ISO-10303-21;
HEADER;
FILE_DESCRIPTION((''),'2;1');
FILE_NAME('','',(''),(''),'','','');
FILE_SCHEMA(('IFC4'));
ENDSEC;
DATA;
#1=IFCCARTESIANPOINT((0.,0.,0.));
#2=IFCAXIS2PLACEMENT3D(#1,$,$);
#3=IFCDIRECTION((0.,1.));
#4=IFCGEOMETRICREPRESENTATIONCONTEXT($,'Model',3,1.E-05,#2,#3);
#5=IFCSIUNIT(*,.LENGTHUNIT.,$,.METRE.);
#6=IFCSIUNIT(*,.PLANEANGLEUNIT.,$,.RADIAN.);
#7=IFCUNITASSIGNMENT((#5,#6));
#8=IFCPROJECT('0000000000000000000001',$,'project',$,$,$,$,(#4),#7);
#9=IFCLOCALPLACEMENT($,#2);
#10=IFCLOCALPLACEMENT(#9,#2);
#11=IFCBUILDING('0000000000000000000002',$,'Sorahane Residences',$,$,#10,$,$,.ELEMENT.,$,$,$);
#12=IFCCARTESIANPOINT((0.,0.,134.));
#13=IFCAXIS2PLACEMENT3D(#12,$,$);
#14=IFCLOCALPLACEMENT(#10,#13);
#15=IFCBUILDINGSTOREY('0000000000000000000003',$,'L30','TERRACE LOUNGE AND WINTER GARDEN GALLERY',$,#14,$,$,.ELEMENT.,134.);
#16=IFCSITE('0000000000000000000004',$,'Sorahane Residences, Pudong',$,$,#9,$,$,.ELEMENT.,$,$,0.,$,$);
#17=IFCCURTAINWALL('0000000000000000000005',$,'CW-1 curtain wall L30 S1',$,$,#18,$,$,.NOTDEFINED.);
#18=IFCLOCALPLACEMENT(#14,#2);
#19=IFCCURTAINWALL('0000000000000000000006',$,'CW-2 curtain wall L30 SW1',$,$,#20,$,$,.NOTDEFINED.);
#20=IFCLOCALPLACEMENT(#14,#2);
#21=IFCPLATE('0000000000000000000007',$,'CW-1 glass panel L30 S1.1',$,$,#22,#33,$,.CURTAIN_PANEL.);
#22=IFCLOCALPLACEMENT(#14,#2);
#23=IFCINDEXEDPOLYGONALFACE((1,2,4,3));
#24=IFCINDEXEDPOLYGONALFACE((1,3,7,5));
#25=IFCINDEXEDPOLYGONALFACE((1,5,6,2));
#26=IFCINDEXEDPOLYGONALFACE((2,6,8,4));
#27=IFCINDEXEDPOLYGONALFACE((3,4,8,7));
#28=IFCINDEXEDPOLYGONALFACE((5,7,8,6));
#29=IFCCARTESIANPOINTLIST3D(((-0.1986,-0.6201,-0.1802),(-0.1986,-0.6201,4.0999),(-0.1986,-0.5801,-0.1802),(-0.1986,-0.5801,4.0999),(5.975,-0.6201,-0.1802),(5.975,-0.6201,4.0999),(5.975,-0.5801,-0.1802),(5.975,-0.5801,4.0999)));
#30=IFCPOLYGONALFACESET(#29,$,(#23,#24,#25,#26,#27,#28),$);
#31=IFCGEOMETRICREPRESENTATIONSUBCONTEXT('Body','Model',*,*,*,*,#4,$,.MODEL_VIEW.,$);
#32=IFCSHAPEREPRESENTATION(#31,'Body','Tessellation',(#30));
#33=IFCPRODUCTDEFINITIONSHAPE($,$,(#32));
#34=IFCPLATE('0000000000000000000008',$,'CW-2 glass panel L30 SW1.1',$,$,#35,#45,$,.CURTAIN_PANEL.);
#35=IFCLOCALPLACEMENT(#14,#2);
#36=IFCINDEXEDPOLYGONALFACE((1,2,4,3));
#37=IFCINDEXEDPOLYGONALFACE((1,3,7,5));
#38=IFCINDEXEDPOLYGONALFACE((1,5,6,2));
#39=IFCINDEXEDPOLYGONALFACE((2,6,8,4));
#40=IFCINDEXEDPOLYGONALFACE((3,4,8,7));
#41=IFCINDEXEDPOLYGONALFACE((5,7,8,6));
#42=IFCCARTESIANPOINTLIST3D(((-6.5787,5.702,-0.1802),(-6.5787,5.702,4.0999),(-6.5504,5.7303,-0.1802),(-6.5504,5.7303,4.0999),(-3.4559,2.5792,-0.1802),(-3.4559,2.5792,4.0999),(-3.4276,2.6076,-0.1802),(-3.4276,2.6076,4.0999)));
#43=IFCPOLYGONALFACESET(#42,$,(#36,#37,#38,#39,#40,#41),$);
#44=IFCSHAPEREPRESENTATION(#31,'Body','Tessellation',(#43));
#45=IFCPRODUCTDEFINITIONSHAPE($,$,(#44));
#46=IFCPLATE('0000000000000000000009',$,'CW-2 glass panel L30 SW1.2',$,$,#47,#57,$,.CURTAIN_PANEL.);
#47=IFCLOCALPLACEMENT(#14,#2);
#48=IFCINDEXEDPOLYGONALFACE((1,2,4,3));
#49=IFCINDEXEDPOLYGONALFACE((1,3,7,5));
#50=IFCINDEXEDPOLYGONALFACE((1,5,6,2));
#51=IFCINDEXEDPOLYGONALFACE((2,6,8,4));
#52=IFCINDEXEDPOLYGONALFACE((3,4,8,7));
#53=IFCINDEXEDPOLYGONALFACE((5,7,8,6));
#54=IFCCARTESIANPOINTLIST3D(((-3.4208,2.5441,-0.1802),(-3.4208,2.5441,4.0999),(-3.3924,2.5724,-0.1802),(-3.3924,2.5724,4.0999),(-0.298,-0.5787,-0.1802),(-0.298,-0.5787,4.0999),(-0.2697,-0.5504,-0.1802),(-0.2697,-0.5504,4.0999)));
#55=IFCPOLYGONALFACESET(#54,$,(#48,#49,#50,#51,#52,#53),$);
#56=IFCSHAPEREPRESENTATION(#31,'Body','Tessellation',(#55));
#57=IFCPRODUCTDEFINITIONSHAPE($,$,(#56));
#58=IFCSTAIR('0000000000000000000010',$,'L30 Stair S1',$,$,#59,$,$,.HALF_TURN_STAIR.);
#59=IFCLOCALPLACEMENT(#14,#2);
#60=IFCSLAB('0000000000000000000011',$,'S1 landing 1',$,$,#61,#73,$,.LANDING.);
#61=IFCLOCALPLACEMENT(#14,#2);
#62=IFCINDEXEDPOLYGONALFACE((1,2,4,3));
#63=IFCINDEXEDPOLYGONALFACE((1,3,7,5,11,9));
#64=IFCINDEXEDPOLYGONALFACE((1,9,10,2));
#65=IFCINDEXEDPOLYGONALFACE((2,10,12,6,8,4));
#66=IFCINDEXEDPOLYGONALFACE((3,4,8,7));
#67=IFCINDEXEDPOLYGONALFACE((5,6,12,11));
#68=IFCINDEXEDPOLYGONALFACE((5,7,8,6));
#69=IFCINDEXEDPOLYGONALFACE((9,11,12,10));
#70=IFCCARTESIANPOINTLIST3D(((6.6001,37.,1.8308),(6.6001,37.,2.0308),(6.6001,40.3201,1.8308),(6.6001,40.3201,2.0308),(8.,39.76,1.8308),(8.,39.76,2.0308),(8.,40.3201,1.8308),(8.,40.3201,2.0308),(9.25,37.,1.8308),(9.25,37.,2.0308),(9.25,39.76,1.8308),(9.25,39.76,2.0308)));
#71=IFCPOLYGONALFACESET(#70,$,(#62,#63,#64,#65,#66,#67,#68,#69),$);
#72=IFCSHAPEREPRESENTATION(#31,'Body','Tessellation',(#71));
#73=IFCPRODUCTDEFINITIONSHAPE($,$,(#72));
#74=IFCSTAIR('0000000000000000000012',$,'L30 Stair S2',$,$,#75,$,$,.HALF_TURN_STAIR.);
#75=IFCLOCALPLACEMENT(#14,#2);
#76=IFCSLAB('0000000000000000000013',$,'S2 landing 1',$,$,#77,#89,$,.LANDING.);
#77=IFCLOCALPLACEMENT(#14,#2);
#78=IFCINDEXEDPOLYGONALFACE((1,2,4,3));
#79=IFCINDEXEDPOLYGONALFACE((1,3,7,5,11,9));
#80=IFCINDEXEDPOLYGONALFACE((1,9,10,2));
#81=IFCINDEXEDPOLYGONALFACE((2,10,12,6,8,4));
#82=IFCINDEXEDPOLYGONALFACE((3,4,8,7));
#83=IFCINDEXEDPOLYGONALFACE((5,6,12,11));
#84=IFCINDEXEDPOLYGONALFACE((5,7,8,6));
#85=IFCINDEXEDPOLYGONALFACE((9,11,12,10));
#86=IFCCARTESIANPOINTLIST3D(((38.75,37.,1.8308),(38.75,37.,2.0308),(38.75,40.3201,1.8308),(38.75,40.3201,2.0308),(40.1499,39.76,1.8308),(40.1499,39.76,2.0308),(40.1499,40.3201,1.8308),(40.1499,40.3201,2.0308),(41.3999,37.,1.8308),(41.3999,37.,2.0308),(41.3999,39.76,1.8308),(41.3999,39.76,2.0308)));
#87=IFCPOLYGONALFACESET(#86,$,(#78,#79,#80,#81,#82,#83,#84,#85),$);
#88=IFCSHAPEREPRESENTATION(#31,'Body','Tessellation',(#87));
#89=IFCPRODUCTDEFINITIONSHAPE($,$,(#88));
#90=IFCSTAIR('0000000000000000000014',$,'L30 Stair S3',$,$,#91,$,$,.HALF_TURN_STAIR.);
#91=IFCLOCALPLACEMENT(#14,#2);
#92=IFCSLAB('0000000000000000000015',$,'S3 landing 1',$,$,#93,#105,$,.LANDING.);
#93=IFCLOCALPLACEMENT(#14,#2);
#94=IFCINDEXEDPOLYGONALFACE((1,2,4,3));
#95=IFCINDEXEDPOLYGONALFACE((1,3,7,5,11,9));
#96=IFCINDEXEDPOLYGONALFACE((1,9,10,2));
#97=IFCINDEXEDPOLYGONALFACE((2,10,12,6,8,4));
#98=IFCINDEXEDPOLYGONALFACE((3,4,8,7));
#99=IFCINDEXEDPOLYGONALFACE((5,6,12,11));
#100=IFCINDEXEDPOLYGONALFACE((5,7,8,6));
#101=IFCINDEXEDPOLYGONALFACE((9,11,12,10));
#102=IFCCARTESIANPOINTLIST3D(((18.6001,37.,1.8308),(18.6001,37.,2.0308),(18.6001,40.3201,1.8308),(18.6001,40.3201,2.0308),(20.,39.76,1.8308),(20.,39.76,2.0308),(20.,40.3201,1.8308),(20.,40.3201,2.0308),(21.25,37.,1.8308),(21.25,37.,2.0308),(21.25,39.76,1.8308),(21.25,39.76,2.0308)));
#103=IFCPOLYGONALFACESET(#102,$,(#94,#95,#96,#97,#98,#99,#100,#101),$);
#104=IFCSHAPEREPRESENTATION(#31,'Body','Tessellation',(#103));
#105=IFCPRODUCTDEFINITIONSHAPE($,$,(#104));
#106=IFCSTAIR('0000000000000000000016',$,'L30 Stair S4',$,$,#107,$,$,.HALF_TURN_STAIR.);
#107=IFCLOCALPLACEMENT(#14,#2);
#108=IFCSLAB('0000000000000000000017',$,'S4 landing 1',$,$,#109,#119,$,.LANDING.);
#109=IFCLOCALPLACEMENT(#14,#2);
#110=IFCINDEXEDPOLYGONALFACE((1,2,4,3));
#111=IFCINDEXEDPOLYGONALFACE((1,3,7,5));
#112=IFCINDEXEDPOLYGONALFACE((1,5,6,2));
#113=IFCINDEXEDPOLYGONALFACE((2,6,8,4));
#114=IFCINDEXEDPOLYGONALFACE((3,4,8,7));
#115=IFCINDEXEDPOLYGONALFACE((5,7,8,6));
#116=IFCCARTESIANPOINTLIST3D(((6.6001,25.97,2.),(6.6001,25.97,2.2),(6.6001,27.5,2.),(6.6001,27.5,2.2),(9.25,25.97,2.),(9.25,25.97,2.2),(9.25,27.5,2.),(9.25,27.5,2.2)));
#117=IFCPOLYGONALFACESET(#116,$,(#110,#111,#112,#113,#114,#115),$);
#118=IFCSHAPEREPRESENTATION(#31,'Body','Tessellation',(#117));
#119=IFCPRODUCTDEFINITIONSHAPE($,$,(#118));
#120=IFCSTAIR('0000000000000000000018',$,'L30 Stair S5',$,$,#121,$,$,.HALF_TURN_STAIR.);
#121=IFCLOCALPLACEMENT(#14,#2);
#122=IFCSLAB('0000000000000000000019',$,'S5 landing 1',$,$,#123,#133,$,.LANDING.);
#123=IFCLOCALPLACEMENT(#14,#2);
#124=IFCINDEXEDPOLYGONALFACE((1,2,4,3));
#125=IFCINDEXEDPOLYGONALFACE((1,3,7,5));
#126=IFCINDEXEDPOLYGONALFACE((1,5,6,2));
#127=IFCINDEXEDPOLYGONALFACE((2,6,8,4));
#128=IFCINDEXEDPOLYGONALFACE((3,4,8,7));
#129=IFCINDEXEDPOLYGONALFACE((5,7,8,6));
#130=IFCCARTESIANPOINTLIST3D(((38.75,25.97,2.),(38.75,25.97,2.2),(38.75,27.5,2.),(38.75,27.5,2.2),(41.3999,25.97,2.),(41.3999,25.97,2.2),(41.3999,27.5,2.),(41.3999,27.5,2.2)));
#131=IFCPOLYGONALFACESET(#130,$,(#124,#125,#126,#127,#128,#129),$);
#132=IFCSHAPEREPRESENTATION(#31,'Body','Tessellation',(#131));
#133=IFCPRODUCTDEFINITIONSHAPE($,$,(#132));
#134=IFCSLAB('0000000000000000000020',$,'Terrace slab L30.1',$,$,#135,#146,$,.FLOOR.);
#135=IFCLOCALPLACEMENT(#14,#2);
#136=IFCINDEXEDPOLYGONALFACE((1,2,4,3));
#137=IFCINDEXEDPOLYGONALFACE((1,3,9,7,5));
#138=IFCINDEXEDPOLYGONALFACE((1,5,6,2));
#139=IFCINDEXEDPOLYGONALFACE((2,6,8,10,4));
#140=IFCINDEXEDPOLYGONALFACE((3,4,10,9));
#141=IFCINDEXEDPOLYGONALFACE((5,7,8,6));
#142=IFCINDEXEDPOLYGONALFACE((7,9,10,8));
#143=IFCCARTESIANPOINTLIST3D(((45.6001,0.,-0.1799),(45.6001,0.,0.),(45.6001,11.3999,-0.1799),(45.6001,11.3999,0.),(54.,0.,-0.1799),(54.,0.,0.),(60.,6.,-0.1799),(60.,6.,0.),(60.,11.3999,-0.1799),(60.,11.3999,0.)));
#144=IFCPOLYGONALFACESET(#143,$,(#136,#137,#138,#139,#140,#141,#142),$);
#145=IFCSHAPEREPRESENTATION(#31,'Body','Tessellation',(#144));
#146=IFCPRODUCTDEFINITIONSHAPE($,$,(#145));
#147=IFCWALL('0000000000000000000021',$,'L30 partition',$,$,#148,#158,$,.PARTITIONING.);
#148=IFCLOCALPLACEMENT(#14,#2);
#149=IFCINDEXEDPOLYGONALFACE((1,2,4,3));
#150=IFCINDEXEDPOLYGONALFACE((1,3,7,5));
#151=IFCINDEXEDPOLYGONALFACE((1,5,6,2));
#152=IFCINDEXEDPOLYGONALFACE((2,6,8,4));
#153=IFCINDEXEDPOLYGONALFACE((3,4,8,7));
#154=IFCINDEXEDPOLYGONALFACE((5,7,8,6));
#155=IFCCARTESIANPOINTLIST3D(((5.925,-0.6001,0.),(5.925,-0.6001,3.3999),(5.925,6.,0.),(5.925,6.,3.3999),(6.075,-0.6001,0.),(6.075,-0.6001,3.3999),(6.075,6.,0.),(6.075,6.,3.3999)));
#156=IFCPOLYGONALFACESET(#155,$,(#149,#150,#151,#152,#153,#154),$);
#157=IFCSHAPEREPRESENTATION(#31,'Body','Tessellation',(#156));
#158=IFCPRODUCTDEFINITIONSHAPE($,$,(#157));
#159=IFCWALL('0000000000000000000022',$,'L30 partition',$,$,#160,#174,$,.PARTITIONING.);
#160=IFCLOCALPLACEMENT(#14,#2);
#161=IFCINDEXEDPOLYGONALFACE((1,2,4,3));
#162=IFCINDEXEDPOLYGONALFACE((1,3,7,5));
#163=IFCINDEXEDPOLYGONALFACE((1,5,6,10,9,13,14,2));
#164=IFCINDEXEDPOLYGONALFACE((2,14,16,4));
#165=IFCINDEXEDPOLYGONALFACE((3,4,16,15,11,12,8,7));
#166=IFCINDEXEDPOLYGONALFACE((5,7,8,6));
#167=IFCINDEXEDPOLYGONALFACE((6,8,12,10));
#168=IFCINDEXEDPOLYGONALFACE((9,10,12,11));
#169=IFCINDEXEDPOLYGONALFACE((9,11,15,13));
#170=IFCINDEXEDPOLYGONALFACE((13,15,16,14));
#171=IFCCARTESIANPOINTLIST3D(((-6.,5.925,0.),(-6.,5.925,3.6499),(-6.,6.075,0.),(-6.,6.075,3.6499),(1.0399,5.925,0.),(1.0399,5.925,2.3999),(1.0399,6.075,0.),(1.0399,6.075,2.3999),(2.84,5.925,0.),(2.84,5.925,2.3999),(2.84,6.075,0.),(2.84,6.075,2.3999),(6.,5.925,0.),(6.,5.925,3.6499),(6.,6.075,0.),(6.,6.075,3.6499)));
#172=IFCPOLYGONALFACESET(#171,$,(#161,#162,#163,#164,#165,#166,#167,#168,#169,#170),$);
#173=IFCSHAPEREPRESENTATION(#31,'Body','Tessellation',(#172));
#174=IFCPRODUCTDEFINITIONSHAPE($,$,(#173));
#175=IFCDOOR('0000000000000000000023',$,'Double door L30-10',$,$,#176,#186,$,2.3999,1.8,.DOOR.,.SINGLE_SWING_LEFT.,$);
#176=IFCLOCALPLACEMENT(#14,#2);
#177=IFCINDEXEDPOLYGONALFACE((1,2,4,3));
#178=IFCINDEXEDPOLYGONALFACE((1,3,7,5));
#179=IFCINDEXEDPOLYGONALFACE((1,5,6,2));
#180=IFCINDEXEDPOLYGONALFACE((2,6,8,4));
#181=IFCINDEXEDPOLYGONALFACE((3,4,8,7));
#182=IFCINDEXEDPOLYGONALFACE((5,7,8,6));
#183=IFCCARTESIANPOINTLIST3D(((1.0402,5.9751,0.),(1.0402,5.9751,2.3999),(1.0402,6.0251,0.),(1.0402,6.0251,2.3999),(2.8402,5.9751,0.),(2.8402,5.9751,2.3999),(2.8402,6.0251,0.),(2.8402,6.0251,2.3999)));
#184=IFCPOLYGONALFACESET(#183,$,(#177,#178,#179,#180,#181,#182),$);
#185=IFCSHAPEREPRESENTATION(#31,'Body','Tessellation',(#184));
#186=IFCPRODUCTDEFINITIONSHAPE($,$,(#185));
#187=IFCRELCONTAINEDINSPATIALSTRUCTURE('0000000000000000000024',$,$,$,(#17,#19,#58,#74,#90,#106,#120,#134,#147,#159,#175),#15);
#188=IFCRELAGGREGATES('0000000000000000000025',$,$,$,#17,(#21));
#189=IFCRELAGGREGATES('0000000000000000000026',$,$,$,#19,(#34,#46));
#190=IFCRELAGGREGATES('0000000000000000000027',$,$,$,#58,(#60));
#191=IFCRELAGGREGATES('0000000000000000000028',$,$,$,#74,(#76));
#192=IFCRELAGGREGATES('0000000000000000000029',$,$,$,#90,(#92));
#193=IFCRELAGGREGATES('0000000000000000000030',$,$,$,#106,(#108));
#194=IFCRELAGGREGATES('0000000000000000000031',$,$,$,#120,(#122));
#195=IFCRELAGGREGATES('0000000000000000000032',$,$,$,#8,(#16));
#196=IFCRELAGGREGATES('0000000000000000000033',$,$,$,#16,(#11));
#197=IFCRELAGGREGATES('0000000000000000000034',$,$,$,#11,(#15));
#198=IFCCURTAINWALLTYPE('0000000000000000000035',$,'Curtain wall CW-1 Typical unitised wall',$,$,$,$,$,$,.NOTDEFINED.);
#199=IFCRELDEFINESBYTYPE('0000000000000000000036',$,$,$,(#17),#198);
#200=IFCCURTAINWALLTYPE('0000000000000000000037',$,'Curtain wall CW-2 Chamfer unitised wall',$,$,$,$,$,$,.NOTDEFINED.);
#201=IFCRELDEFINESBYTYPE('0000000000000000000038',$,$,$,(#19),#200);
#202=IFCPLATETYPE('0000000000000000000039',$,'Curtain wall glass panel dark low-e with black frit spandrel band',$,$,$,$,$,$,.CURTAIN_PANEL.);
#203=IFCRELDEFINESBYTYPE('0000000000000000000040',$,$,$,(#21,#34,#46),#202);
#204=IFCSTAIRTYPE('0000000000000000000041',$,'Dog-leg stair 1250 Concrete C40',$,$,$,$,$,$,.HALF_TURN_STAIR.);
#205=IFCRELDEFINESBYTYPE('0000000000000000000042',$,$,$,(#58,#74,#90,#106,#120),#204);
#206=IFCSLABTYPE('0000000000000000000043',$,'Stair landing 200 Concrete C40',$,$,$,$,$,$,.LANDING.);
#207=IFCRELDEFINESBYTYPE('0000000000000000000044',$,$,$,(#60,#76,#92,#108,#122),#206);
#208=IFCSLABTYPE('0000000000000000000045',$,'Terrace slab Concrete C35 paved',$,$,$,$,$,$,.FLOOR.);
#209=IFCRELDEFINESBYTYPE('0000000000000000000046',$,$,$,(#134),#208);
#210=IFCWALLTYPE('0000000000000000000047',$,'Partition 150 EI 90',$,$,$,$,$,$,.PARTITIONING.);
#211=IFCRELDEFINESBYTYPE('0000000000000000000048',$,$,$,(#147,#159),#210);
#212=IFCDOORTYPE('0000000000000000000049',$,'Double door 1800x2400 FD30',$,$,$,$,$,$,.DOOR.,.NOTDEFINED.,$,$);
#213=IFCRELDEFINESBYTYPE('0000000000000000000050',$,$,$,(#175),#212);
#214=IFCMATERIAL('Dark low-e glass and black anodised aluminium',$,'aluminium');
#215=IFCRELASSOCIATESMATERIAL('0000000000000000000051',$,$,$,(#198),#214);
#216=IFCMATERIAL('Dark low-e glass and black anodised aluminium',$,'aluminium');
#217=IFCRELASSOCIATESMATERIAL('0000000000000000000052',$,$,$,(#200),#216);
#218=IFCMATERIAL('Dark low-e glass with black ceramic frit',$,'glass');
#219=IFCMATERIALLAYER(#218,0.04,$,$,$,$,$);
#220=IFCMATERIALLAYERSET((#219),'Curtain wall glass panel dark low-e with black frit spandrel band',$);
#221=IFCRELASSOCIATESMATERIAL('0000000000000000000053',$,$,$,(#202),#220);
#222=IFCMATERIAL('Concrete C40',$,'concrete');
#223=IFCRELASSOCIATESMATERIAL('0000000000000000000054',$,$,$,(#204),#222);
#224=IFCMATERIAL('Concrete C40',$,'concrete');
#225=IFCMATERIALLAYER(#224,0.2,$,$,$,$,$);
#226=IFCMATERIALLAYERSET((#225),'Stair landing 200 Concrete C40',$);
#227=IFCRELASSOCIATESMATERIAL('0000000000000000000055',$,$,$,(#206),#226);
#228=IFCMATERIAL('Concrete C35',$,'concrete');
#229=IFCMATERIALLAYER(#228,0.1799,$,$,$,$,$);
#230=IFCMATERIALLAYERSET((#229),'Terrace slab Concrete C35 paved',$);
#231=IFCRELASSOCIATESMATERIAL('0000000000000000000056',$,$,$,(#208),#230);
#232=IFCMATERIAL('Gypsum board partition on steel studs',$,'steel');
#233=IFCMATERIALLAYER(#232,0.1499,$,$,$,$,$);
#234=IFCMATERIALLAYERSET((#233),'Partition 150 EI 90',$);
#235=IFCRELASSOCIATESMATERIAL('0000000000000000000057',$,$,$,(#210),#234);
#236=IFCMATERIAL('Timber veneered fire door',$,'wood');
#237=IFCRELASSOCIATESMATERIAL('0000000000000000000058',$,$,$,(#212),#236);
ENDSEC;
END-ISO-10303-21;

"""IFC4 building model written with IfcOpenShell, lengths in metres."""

from ifc_helpers import new_model, si_unit, direction, frame, frame_2d, origin, origin_2d, place, context, subcontext, project, spatial, polyline, rectangle, outline, extrude, material, layer, layer_set, type_object, element, fill, aggregate, save


model = new_model("IFC4")

# Units and contexts
model_context = context("Model", 3, precision=1e-05, world=origin(), true_north=direction((0.0, 1.0)))
body_context = subcontext(model_context, "Body", "Model", "MODEL_VIEW")
ifc_project = project(units=[si_unit("LENGTHUNIT", "METRE"), si_unit("PLANEANGLEUNIT", "RADIAN")], contexts=[model_context])

# Site, building, storey
site_placement = place(None, origin())
site = spatial("IfcSite", under=ifc_project, at=site_placement, Name="Sorahane Residences, Pudong", CompositionType="ELEMENT", RefElevation=0.0)
building_placement = place(site_placement, origin())
building = spatial("IfcBuilding", under=site, at=building_placement, Name="Sorahane Residences", CompositionType="ELEMENT")
storey_placement = place(building_placement, frame((0.0, 0.0, 134.0)))
storey = spatial("IfcBuildingStorey", under=building, at=storey_placement, Name="L30", Description="TERRACE LOUNGE AND WINTER GARDEN GALLERY", CompositionType="ELEMENT", Elevation=134.0)

# Curtain wall
ifc_material_1 = material(Name="Dark low-e glass and black anodised aluminium", Category="aluminium")
curtain_wall_type_1 = type_object("IfcCurtainWallType", Name="Curtain wall CW-1 Typical unitised wall", PredefinedType="NOTDEFINED", material=ifc_material_1)
curtain_wall_1_placement = place(storey_placement, origin())
curtain_wall_1 = element("IfcCurtainWall", 1, at=curtain_wall_1_placement, inside=storey, type_object=curtain_wall_type_1, Name="CW-1 curtain wall L30 S1", PredefinedType="NOTDEFINED")

# Curtain wall
ifc_material_2 = material(Name="Dark low-e glass and black anodised aluminium", Category="aluminium")
curtain_wall_type_2 = type_object("IfcCurtainWallType", Name="Curtain wall CW-2 Chamfer unitised wall", PredefinedType="NOTDEFINED", material=ifc_material_2)
curtain_wall_2_placement = place(storey_placement, origin())
curtain_wall_2 = element("IfcCurtainWall", 2, at=curtain_wall_2_placement, inside=storey, type_object=curtain_wall_type_2, Name="CW-2 curtain wall L30 SW1", PredefinedType="NOTDEFINED")

# Plates
ifc_material_3 = material(Name="Dark low-e glass with black ceramic frit", Category="glass")
ifc_layer_1 = layer(ifc_material_3, 0.04)
ifc_layer_set_1 = layer_set([ifc_layer_1], Name="Curtain wall glass panel dark low-e with black frit spandrel band")
plate_type = type_object("IfcPlateType", Name="Curtain wall glass panel dark low-e with black frit spandrel band", PredefinedType="CURTAIN_PANEL", material=ifc_layer_set_1)
plate_1_placement = place(storey_placement, frame((2.8882, -0.6001, -0.1802), z_axis=(0.0, 0.0, 1.0), x_axis=(1.0, 0.0, 0.0)))
plate_1 = element("IfcPlate", 3, at=plate_1_placement, type_object=plate_type, Name="CW-1 glass panel L30 S1.1", PredefinedType="CURTAIN_PANEL", context=body_context, shape_type="SweptSolid", body=[
    extrude(rectangle(XDim=6.1736, YDim=0.04, at=origin_2d()), origin(), (0.0, 0.0, 1.0), 4.28),
])
aggregate(curtain_wall_1, [plate_1])
plate_2_placement = place(storey_placement, frame((-5.0032, 4.1548, -0.1802), z_axis=(0.0, 0.0, 1.0), x_axis=(0.707107, -0.707107, 0.0)))
plate_2 = element("IfcPlate", 4, at=plate_2_placement, type_object=plate_type, Name="CW-2 glass panel L30 SW1.1", PredefinedType="CURTAIN_PANEL", context=body_context, shape_type="SweptSolid", body=[
    extrude(rectangle(XDim=4.4163, YDim=0.04, at=origin_2d()), origin(), (0.0, 0.0, 1.0), 4.28),
])
plate_3_placement = place(storey_placement, frame((-1.8452, 0.9968, -0.1802), z_axis=(0.0, 0.0, 1.0), x_axis=(0.707107, -0.707107, 0.0)))
plate_3 = element("IfcPlate", 5, at=plate_3_placement, type_object=plate_type, Name="CW-2 glass panel L30 SW1.2", PredefinedType="CURTAIN_PANEL", context=body_context, shape_type="SweptSolid", body=[
    extrude(rectangle(XDim=4.4163, YDim=0.04, at=origin_2d()), origin(), (0.0, 0.0, 1.0), 4.28),
])
aggregate(curtain_wall_2, [plate_2, plate_3])

# Stairs, slabs
ifc_material_4 = material(Name="Concrete C40", Category="concrete")
stair_type = type_object("IfcStairType", Name="Dog-leg stair 1250 Concrete C40", PredefinedType="HALF_TURN_STAIR", material=ifc_material_4)
stair_1_placement = place(storey_placement, origin())
stair_1 = element("IfcStair", 6, at=stair_1_placement, inside=storey, type_object=stair_type, Name="L30 Stair S1", PredefinedType="HALF_TURN_STAIR")
ifc_material_5 = material(Name="Concrete C40", Category="concrete")
ifc_layer_2 = layer(ifc_material_5, 0.2)
ifc_layer_set_2 = layer_set([ifc_layer_2], Name="Stair landing 200 Concrete C40")
slab_type_1 = type_object("IfcSlabType", Name="Stair landing 200 Concrete C40", PredefinedType="LANDING", material=ifc_layer_set_2)
slab_1_placement = place(storey_placement, frame((0.0, 0.0, 1.8308)))
slab_1 = element("IfcSlab", 7, at=slab_1_placement, type_object=slab_type_1, Name="S1 landing 1", PredefinedType="LANDING", context=body_context, shape_type="SweptSolid", body=[
    extrude(outline(polyline([(6.6001, 40.3201), (6.6001, 37.0), (9.25, 37.0), (9.25, 39.76), (8.0, 39.76), (8.0, 40.3201), (6.6001, 40.3201)])), origin(), (0.0, 0.0, 1.0), 0.2),
])
aggregate(stair_1, [slab_1])
stair_2_placement = place(storey_placement, origin())
stair_2 = element("IfcStair", 8, at=stair_2_placement, inside=storey, type_object=stair_type, Name="L30 Stair S2", PredefinedType="HALF_TURN_STAIR")
slab_2_placement = place(storey_placement, frame((0.0, 0.0, 1.8308)))
slab_2 = element("IfcSlab", 9, at=slab_2_placement, type_object=slab_type_1, Name="S2 landing 1", PredefinedType="LANDING", context=body_context, shape_type="SweptSolid", body=[
    extrude(outline(polyline([(38.75, 40.3201), (38.75, 37.0), (41.3999, 37.0), (41.3999, 39.76), (40.1499, 39.76), (40.1499, 40.3201), (38.75, 40.3201)])), origin(), (0.0, 0.0, 1.0), 0.2),
])
aggregate(stair_2, [slab_2])
stair_3_placement = place(storey_placement, origin())
stair_3 = element("IfcStair", 10, at=stair_3_placement, inside=storey, type_object=stair_type, Name="L30 Stair S3", PredefinedType="HALF_TURN_STAIR")
slab_3_placement = place(storey_placement, frame((0.0, 0.0, 1.8308)))
slab_3 = element("IfcSlab", 11, at=slab_3_placement, type_object=slab_type_1, Name="S3 landing 1", PredefinedType="LANDING", context=body_context, shape_type="SweptSolid", body=[
    extrude(outline(polyline([(18.6001, 40.3201), (18.6001, 37.0), (21.25, 37.0), (21.25, 39.76), (20.0, 39.76), (20.0, 40.3201), (18.6001, 40.3201)])), origin(), (0.0, 0.0, 1.0), 0.2),
])
aggregate(stair_3, [slab_3])
stair_4_placement = place(storey_placement, origin())
stair_4 = element("IfcStair", 12, at=stair_4_placement, inside=storey, type_object=stair_type, Name="L30 Stair S4", PredefinedType="HALF_TURN_STAIR")
slab_4_placement = place(storey_placement, frame((0.0, 0.0, 2.0)))
slab_4 = element("IfcSlab", 13, at=slab_4_placement, type_object=slab_type_1, Name="S4 landing 1", PredefinedType="LANDING", context=body_context, shape_type="SweptSolid", body=[
    extrude(outline(polyline([(9.25, 25.97), (9.25, 27.5), (6.6001, 27.5), (6.6001, 25.97), (9.25, 25.97)])), origin(), (0.0, 0.0, 1.0), 0.2),
])
aggregate(stair_4, [slab_4])
stair_5_placement = place(storey_placement, origin())
stair_5 = element("IfcStair", 14, at=stair_5_placement, inside=storey, type_object=stair_type, Name="L30 Stair S5", PredefinedType="HALF_TURN_STAIR")
slab_5_placement = place(storey_placement, frame((0.0, 0.0, 2.0)))
slab_5 = element("IfcSlab", 15, at=slab_5_placement, type_object=slab_type_1, Name="S5 landing 1", PredefinedType="LANDING", context=body_context, shape_type="SweptSolid", body=[
    extrude(outline(polyline([(41.3999, 25.97), (41.3999, 27.5), (38.75, 27.5), (38.75, 25.97), (41.3999, 25.97)])), origin(), (0.0, 0.0, 1.0), 0.2),
])
aggregate(stair_5, [slab_5])

# Slab
ifc_material_6 = material(Name="Concrete C35", Category="concrete")
ifc_layer_3 = layer(ifc_material_6, 0.1799)
ifc_layer_set_3 = layer_set([ifc_layer_3], Name="Terrace slab Concrete C35 paved")
slab_type_2 = type_object("IfcSlabType", Name="Terrace slab Concrete C35 paved", PredefinedType="FLOOR", material=ifc_layer_set_3)
slab_6_placement = place(storey_placement, frame((0.0, 0.0, -0.1799)))
element("IfcSlab", 16, at=slab_6_placement, inside=storey, type_object=slab_type_2, Name="Terrace slab L30.1", PredefinedType="FLOOR", context=body_context, shape_type="SweptSolid", body=[
    extrude(outline(polyline([(54.0, 0.0), (45.6001, 0.0), (45.6001, 11.3999), (60.0, 11.3999), (60.0, 6.0), (54.0, 0.0)])), origin(), (0.0, 0.0, 1.0), 0.1799),
])

# Wall
ifc_material_7 = material(Name="Gypsum board partition on steel studs", Category="steel")
ifc_layer_4 = layer(ifc_material_7, 0.1499)
ifc_layer_set_4 = layer_set([ifc_layer_4], Name="Partition 150 EI 90")
wall_type = type_object("IfcWallType", Name="Partition 150 EI 90", PredefinedType="PARTITIONING", material=ifc_layer_set_4)
wall_1_placement = place(storey_placement, frame((6.0, -0.6001, 0.0), z_axis=(0.0, 0.0, 1.0), x_axis=(0.0, 1.0, 0.0)))
element("IfcWall", 17, at=wall_1_placement, inside=storey, type_object=wall_type, Name="L30 partition", PredefinedType="PARTITIONING", context=body_context, shape_type="SweptSolid", body=[
    extrude(rectangle(XDim=6.6001, YDim=0.1499, at=frame_2d((3.3, 0.0))), origin(), (0.0, 0.0, 1.0), 3.3999),
])

# Wall, opening, door
wall_2_placement = place(storey_placement, frame((-6.0, 6.0, 0.0), z_axis=(0.0, 0.0, 1.0), x_axis=(1.0, 0.0, 0.0)))
wall_2 = element("IfcWall", 18, at=wall_2_placement, inside=storey, type_object=wall_type, Name="L30 partition", PredefinedType="PARTITIONING", context=body_context, shape_type="SweptSolid", body=[
    extrude(rectangle(XDim=12.0, YDim=0.1499, at=frame_2d((6.0, 0.0))), origin(), (0.0, 0.0, 1.0), 3.6499),
])
opening_placement = place(wall_2_placement, frame((7.04, 0.0, 0.0)))
opening = element("IfcOpeningElement", 19, at=opening_placement, cuts=wall_2, PredefinedType="OPENING", context=body_context, shape_type="SweptSolid", body=[
    extrude(rectangle(XDim=1.8, YDim=2.3999, at=frame_2d((0.8999, 1.2))), frame((0.0, 0.085, 0.0), z_axis=(0.0, -1.0, 0.0), x_axis=(1.0, 0.0, 0.0)), (0.0, 0.0, 1.0), 0.1699),
])
ifc_material_8 = material(Name="Timber veneered fire door", Category="wood")
door_type = type_object("IfcDoorType", Name="Double door 1800x2400 FD30", OperationType="NOTDEFINED", PredefinedType="DOOR", material=ifc_material_8)
door_placement = place(opening_placement, frame((1.8, 0.0, 0.0), z_axis=(0.0, 0.0, 1.0), x_axis=(-1.0, 0.0, 0.0)))
door = element("IfcDoor", 20, at=door_placement, inside=storey, type_object=door_type, Name="Double door L30-10", OperationType="SINGLE_SWING_LEFT", OverallHeight=2.3999, OverallWidth=1.8, PredefinedType="DOOR", context=body_context, shape_type="SweptSolid", body=[
    extrude(rectangle(XDim=1.8, YDim=2.3999, at=frame_2d((0.8999, 1.2))), frame((0.0, 0.0249, 0.0), z_axis=(0.0, -1.0, 0.0), x_axis=(1.0, 0.0, 0.0)), (0.0, 0.0, 1.0), 0.05),
])
fill(opening, door)

save(model, "model.ifc")
